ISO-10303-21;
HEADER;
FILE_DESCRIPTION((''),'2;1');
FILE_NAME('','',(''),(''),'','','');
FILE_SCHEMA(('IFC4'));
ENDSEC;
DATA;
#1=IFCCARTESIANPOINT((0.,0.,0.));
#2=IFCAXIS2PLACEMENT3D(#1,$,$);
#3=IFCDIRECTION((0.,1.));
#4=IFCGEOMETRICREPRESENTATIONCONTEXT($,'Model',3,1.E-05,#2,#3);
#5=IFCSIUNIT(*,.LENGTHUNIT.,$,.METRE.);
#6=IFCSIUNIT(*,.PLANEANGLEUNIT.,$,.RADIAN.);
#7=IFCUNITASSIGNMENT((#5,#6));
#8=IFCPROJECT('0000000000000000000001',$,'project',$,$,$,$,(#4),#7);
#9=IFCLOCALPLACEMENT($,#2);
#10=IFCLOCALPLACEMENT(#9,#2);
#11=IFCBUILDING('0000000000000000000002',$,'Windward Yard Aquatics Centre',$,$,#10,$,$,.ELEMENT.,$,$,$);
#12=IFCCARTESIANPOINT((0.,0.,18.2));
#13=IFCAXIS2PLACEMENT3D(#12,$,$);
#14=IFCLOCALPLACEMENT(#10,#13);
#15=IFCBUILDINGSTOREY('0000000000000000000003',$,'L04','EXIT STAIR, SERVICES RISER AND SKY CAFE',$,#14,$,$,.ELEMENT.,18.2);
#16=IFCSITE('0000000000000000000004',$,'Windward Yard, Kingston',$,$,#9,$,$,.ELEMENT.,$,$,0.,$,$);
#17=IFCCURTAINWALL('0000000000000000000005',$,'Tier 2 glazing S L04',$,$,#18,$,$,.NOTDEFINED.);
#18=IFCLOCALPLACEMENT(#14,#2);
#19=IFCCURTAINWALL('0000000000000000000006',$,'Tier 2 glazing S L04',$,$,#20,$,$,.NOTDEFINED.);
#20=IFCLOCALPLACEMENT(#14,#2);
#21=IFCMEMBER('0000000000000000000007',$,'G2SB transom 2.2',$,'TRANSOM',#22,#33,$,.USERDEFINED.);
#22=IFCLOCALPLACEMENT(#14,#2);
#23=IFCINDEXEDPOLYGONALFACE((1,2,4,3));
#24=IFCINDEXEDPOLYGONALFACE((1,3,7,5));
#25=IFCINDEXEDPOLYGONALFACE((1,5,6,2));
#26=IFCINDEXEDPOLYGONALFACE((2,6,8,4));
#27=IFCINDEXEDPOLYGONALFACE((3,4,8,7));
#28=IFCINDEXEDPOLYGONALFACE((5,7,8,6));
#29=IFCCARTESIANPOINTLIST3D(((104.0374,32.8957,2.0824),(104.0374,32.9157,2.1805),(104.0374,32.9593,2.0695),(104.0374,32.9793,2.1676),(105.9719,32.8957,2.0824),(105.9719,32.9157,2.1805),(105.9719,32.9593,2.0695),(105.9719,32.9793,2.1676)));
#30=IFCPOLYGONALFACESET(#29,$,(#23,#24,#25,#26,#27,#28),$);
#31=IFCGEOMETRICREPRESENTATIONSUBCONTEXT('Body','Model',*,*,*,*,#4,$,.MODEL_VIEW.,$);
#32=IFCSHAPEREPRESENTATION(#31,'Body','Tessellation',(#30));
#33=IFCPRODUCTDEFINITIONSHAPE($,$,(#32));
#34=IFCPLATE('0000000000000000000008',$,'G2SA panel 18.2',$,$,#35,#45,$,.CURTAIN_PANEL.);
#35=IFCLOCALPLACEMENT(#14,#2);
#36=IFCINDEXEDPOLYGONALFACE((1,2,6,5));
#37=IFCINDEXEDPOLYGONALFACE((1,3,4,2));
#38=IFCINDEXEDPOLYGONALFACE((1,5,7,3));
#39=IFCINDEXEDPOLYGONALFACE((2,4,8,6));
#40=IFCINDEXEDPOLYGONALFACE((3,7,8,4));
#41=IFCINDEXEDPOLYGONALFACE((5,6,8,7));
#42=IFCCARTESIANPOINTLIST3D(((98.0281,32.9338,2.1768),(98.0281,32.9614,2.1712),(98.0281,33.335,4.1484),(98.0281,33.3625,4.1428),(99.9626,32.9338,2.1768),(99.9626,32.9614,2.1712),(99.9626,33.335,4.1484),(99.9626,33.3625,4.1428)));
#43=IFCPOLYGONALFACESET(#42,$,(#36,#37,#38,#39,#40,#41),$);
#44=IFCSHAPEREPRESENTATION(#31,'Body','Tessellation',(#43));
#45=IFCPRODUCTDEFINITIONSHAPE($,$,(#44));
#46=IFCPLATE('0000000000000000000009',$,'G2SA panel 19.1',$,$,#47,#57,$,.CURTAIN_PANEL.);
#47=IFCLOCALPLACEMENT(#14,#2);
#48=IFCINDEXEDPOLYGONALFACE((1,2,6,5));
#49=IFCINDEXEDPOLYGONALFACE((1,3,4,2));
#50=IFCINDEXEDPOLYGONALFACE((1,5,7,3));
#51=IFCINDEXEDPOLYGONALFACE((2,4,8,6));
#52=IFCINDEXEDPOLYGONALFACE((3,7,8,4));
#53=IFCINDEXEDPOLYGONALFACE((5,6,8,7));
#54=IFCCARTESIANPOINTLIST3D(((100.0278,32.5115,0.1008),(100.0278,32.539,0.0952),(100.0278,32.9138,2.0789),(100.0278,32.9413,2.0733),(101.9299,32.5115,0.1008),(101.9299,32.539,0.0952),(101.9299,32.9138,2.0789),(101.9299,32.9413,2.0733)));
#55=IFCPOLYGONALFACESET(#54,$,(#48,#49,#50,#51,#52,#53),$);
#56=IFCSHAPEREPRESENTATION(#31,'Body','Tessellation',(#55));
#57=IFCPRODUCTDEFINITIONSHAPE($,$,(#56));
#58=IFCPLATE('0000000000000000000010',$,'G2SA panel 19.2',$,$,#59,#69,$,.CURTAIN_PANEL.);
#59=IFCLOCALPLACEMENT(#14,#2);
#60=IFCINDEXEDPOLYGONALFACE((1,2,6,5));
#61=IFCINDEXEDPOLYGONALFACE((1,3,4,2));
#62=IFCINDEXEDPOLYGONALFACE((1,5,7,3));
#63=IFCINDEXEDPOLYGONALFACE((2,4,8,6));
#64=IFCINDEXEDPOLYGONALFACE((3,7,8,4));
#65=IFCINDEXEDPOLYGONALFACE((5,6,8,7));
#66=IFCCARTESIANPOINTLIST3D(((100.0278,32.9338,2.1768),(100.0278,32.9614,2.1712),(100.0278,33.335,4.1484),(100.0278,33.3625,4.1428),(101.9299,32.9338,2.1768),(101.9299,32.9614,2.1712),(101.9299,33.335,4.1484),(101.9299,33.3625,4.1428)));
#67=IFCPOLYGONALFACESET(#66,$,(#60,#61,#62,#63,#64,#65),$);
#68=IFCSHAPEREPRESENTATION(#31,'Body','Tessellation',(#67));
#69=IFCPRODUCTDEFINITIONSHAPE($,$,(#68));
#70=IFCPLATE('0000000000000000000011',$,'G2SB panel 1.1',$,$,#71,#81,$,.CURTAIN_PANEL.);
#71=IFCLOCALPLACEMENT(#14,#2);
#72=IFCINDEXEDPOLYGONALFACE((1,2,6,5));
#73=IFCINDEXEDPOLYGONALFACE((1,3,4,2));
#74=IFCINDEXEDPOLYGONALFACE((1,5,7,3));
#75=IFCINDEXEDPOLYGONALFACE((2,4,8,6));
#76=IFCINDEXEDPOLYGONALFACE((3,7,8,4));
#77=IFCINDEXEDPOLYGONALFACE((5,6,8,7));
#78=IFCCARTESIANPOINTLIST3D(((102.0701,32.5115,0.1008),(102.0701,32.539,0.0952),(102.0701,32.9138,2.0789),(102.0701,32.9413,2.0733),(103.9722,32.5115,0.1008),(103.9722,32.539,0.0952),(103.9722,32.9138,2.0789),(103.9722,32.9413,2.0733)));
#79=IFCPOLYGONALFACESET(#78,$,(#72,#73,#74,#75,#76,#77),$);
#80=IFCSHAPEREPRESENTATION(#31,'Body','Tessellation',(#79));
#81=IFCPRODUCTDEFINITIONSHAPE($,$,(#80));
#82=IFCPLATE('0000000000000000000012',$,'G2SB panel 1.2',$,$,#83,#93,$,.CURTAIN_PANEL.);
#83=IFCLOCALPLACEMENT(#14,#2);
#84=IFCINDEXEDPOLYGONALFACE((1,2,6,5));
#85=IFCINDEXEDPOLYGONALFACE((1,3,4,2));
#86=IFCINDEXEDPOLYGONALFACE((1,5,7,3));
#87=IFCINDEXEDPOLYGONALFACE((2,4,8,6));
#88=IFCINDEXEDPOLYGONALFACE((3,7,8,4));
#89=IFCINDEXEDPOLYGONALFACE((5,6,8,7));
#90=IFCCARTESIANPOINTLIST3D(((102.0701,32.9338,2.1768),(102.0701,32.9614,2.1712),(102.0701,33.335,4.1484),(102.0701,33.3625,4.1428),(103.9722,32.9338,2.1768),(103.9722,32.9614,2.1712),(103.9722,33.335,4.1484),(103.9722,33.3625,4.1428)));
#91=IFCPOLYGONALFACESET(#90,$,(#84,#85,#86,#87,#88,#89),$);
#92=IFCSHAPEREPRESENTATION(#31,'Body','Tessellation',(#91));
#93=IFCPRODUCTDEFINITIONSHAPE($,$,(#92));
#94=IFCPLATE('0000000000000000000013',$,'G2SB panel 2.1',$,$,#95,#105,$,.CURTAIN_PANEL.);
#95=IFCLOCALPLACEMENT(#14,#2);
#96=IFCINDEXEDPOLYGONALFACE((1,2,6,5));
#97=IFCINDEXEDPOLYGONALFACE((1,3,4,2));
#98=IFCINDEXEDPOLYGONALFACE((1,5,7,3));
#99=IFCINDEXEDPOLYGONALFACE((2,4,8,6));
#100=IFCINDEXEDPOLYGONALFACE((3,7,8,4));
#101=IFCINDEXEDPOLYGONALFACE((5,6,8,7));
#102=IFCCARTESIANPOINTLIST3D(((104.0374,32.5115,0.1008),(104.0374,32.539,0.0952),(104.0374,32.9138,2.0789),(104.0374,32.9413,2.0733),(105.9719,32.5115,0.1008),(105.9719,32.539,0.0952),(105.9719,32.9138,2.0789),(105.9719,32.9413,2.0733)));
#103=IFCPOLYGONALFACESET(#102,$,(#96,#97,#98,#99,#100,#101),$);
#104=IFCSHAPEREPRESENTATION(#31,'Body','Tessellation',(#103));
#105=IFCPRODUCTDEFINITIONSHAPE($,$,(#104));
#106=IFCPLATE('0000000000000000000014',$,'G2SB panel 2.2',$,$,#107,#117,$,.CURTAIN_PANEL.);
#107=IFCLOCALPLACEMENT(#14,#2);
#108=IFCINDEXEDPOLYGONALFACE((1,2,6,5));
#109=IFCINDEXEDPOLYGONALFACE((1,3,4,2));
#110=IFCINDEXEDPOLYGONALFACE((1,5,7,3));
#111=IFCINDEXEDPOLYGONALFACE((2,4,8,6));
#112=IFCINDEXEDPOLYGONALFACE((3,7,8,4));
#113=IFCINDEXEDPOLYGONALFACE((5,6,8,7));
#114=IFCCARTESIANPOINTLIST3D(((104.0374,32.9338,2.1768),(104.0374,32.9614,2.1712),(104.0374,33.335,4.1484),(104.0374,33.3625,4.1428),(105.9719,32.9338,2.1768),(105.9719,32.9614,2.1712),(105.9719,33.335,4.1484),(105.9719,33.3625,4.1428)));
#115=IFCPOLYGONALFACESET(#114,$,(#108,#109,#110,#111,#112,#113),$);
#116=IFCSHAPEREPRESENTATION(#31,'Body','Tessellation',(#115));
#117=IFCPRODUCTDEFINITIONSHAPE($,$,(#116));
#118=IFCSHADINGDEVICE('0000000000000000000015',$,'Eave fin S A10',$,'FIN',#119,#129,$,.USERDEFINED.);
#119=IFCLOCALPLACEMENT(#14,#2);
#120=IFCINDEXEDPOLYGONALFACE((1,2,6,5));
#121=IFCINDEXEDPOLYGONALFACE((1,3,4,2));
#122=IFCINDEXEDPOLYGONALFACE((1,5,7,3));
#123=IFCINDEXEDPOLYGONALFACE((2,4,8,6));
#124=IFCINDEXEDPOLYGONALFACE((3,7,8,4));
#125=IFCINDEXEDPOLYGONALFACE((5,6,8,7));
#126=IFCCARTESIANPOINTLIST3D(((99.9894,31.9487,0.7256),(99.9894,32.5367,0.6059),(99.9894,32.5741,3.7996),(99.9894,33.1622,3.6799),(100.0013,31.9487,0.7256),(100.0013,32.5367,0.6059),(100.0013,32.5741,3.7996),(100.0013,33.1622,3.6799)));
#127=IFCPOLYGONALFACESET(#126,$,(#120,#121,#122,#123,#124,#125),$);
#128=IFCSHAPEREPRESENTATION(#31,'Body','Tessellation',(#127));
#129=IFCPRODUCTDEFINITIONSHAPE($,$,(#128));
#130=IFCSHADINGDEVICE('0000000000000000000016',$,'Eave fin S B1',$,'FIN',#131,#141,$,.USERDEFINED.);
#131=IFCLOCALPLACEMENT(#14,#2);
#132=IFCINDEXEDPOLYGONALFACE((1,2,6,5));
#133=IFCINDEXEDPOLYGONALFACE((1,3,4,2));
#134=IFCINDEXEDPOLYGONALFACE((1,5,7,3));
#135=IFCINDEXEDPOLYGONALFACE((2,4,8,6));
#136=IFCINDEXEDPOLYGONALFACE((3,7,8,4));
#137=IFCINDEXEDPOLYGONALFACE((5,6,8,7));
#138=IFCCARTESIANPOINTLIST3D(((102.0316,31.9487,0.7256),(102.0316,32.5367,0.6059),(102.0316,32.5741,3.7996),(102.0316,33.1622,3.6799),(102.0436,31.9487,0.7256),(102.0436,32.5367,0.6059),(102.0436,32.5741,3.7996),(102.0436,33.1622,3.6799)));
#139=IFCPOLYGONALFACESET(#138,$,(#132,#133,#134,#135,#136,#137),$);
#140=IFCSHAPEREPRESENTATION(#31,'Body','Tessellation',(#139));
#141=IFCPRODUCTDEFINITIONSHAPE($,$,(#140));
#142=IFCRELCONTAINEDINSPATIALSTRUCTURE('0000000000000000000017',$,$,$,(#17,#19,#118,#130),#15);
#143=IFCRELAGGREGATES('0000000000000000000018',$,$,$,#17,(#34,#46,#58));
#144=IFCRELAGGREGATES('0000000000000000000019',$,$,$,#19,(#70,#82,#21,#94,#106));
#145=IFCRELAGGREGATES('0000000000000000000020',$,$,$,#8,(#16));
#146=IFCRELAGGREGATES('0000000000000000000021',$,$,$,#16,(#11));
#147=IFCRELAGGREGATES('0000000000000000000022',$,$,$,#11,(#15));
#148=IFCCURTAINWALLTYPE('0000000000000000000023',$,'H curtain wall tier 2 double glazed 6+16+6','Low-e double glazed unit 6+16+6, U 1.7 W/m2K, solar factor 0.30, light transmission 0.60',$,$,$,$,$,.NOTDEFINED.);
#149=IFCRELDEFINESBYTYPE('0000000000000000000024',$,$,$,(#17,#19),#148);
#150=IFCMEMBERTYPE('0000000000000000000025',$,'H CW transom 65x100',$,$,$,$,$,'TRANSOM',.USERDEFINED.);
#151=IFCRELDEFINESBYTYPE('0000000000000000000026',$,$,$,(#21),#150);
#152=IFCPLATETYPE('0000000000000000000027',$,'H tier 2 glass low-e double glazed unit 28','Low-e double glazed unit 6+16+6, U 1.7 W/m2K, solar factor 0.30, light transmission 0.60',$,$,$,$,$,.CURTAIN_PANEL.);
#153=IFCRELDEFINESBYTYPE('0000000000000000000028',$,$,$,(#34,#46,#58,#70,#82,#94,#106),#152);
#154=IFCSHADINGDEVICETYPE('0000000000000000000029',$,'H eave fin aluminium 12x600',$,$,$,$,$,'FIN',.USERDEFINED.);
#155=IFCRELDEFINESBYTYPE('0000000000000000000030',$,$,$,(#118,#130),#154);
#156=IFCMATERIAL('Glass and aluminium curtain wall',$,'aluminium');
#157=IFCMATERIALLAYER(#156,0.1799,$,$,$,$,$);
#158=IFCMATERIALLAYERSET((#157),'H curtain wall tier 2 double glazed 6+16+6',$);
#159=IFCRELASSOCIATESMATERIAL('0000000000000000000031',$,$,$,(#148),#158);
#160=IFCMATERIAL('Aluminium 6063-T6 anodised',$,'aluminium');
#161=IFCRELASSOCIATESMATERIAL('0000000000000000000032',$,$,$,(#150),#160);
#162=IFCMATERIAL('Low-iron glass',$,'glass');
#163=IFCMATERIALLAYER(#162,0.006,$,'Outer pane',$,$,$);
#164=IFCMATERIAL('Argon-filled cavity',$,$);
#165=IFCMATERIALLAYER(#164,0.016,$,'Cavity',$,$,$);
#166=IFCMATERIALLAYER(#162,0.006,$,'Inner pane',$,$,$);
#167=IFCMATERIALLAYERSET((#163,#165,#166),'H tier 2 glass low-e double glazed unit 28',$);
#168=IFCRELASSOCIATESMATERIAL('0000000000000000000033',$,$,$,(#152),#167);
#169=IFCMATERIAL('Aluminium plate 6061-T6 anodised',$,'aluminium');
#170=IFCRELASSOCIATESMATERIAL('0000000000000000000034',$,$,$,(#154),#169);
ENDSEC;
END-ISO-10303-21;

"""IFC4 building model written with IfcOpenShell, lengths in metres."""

from ifc_helpers import new_model, si_unit, direction, frame, origin, origin_2d, place, context, subcontext, project, spatial, polyline, rectangle, outline, extrude, material, layer, layer_set, material_profile, profile_set, type_object, element, aggregate, save


model = new_model("IFC4")

# Units and contexts
model_context = context("Model", 3, precision=1e-05, world=origin(), true_north=direction((0.0, 1.0)))
body_context = subcontext(model_context, "Body", "Model", "MODEL_VIEW")
ifc_project = project(units=[si_unit("LENGTHUNIT", "METRE"), si_unit("PLANEANGLEUNIT", "RADIAN")], contexts=[model_context])

# Site, building, storey
site_placement = place(None, origin())
site = spatial("IfcSite", under=ifc_project, at=site_placement, Name="Windward Yard, Kingston", CompositionType="ELEMENT", RefElevation=0.0)
building_placement = place(site_placement, origin())
building = spatial("IfcBuilding", under=site, at=building_placement, Name="Windward Yard Aquatics Centre", CompositionType="ELEMENT")
storey_placement = place(building_placement, frame((0.0, 0.0, 18.2)))
storey = spatial("IfcBuildingStorey", under=building, at=storey_placement, Name="L04", Description="EXIT STAIR, SERVICES RISER AND SKY CAFE", CompositionType="ELEMENT", Elevation=18.2)

# Curtain walls
ifc_material_1 = material(Name="Glass and aluminium curtain wall", Category="aluminium")
ifc_layer_1 = layer(ifc_material_1, 0.1799)
ifc_layer_set_1 = layer_set([ifc_layer_1], Name="H curtain wall tier 2 double glazed 6+16+6")
curtain_wall_type = type_object("IfcCurtainWallType", Name="H curtain wall tier 2 double glazed 6+16+6", Description="Low-e double glazed unit 6+16+6, U 1.7 W/m2K, solar factor 0.30, light transmission 0.60", PredefinedType="NOTDEFINED", material=ifc_layer_set_1)
curtain_wall_1_placement = place(storey_placement, origin())
curtain_wall_1 = element("IfcCurtainWall", 1, at=curtain_wall_1_placement, inside=storey, type_object=curtain_wall_type, Name="Tier 2 glazing S L04", PredefinedType="NOTDEFINED")
ifc_material_2 = material(Name="Aluminium 6063-T6 anodised", Category="aluminium")
curtain_wall_2_placement = place(storey_placement, origin())
curtain_wall_2 = element("IfcCurtainWall", 2, at=curtain_wall_2_placement, inside=storey, type_object=curtain_wall_type, Name="Tier 2 glazing S L04", PredefinedType="NOTDEFINED")

# Member
ifc_material_profile_1 = material_profile(ifc_material_2, rectangle(XDim=0.0649, YDim=0.1001, at=origin_2d()), Name="H CW transom 65x100")
ifc_profile_set_1 = profile_set([ifc_material_profile_1], Name="Aluminium 6063-T6 anodised")
member_type_1 = type_object("IfcMemberType", Name="H CW transom 65x100", ElementType="TRANSOM", PredefinedType="USERDEFINED", material=ifc_profile_set_1)
member_1_placement = place(storey_placement, frame((104.0374, 32.9375, 2.125), z_axis=(1.0, 0.0, 0.0), x_axis=(0.0, -0.979925, 0.199368)))
member_1 = element("IfcMember", 3, at=member_1_placement, type_object=member_type_1, Name="G2SB transom 2.2", ObjectType="TRANSOM", PredefinedType="USERDEFINED", context=body_context, shape_type="SweptSolid", body=[
    extrude(rectangle(XDim=0.0649, YDim=0.1001, at=origin_2d()), origin(), (0.0, 0.0, 1.0), 1.9346),
])

# Plates
ifc_material_3 = material(Name="Low-iron glass", Category="glass")
ifc_layer_2 = layer(ifc_material_3, 0.006, Name="Outer pane")
ifc_material_4 = material(Name="Argon-filled cavity")
ifc_layer_3 = layer(ifc_material_4, 0.016, Name="Cavity")
ifc_layer_4 = layer(ifc_material_3, 0.006, Name="Inner pane")
ifc_layer_set_2 = layer_set([ifc_layer_2, ifc_layer_3, ifc_layer_4], Name="H tier 2 glass low-e double glazed unit 28")
plate_type = type_object("IfcPlateType", Name="H tier 2 glass low-e double glazed unit 28", Description="Low-e double glazed unit 6+16+6, U 1.7 W/m2K, solar factor 0.30, light transmission 0.60", PredefinedType="CURTAIN_PANEL", material=ifc_layer_set_2)
plate_1_placement = place(storey_placement, frame((98.0281, 32.9338, 2.1768), z_axis=(0.0, -0.979927, 0.199359), x_axis=(1.0, 0.0, 0.0)))
plate_1 = element("IfcPlate", 4, at=plate_1_placement, type_object=plate_type, Name="G2SA panel 18.2", PredefinedType="CURTAIN_PANEL", context=body_context, shape_type="SweptSolid", body=[
    extrude(outline(polyline([(0.0, 0.0), (1.9346, 0.0), (1.9346, 2.0121), (0.0, 2.0121), (0.0, 0.0)])), origin(), (0.0, 0.0, -1.0), 0.0281),
])
plate_2_placement = place(storey_placement, frame((100.0278, 32.5115, 0.1008), z_axis=(0.0, -0.979933, 0.199325), x_axis=(1.0, 0.0, 0.0)))
plate_2 = element("IfcPlate", 5, at=plate_2_placement, type_object=plate_type, Name="G2SA panel 19.1", PredefinedType="CURTAIN_PANEL", context=body_context, shape_type="SweptSolid", body=[
    extrude(outline(polyline([(0.0, 0.0), (1.9021, 0.0), (1.9021, 2.0185), (0.0, 2.0185), (0.0, 0.0)])), origin(), (0.0, 0.0, -1.0), 0.0281),
])
plate_3_placement = place(storey_placement, frame((100.0278, 32.9338, 2.1768), z_axis=(0.0, -0.979927, 0.199359), x_axis=(1.0, 0.0, 0.0)))
plate_3 = element("IfcPlate", 6, at=plate_3_placement, type_object=plate_type, Name="G2SA panel 19.2", PredefinedType="CURTAIN_PANEL", context=body_context, shape_type="SweptSolid", body=[
    extrude(outline(polyline([(0.0, 0.0), (1.9021, 0.0), (1.9021, 2.0121), (0.0, 2.0121), (0.0, 0.0)])), origin(), (0.0, 0.0, -1.0), 0.0281),
])
aggregate(curtain_wall_1, [plate_1, plate_2, plate_3])
plate_4_placement = place(storey_placement, frame((102.0701, 32.5115, 0.1008), z_axis=(0.0, -0.979933, 0.199325), x_axis=(1.0, 0.0, 0.0)))
plate_4 = element("IfcPlate", 7, at=plate_4_placement, type_object=plate_type, Name="G2SB panel 1.1", PredefinedType="CURTAIN_PANEL", context=body_context, shape_type="SweptSolid", body=[
    extrude(outline(polyline([(0.0, 0.0), (1.9021, 0.0), (1.9021, 2.0185), (0.0, 2.0185), (0.0, 0.0)])), origin(), (0.0, 0.0, -1.0), 0.0281),
])
plate_5_placement = place(storey_placement, frame((102.0701, 32.9338, 2.1768), z_axis=(0.0, -0.979927, 0.199359), x_axis=(1.0, 0.0, 0.0)))
plate_5 = element("IfcPlate", 8, at=plate_5_placement, type_object=plate_type, Name="G2SB panel 1.2", PredefinedType="CURTAIN_PANEL", context=body_context, shape_type="SweptSolid", body=[
    extrude(outline(polyline([(0.0, 0.0), (1.9021, 0.0), (1.9021, 2.0121), (0.0, 2.0121), (0.0, 0.0)])), origin(), (0.0, 0.0, -1.0), 0.0281),
])
plate_6_placement = place(storey_placement, frame((104.0374, 32.5115, 0.1008), z_axis=(0.0, -0.979933, 0.199325), x_axis=(1.0, 0.0, 0.0)))
plate_6 = element("IfcPlate", 9, at=plate_6_placement, type_object=plate_type, Name="G2SB panel 2.1", PredefinedType="CURTAIN_PANEL", context=body_context, shape_type="SweptSolid", body=[
    extrude(outline(polyline([(0.0, 0.0), (1.9346, 0.0), (1.9346, 2.0185), (0.0, 2.0185), (0.0, 0.0)])), origin(), (0.0, 0.0, -1.0), 0.0281),
])
plate_7_placement = place(storey_placement, frame((104.0374, 32.9338, 2.1768), z_axis=(0.0, -0.979927, 0.199359), x_axis=(1.0, 0.0, 0.0)))
plate_7 = element("IfcPlate", 10, at=plate_7_placement, type_object=plate_type, Name="G2SB panel 2.2", PredefinedType="CURTAIN_PANEL", context=body_context, shape_type="SweptSolid", body=[
    extrude(outline(polyline([(0.0, 0.0), (1.9346, 0.0), (1.9346, 2.0121), (0.0, 2.0121), (0.0, 0.0)])), origin(), (0.0, 0.0, -1.0), 0.0281),
])
aggregate(curtain_wall_2, [plate_4, plate_5, member_1, plate_6, plate_7])

# Shading devices
ifc_material_5 = material(Name="Aluminium plate 6061-T6 anodised", Category="aluminium")
ifc_material_profile_2 = material_profile(ifc_material_5, rectangle(XDim=0.012, YDim=0.6001, at=origin_2d()), Name="H eave fin aluminium 12x600")
ifc_profile_set_2 = profile_set([ifc_material_profile_2], Name="Aluminium plate 6061-T6 anodised")
shading_device_type = type_object("IfcShadingDeviceType", Name="H eave fin aluminium 12x600", ElementType="FIN", PredefinedType="USERDEFINED", material=ifc_profile_set_2)
for number, where, z_axis, x_axis, name in (
    (11, (99.9954, 32.2427, 0.6658), (0.0, 0.199393, 0.97992), (-1.0, 0.0, 0.0), "Eave fin S A10"),
    (12, (102.0376, 32.2427, 0.6658), (0.0, 0.199393, 0.97992), (-1.0, 0.0, 0.0), "Eave fin S B1"),
):
    element("IfcShadingDevice", number, at=place(storey_placement, frame(where, z_axis=z_axis, x_axis=x_axis)), inside=storey, type_object=shading_device_type, Name=name, ObjectType="FIN", PredefinedType="USERDEFINED", context=body_context, shape_type="SweptSolid", body=[
        extrude(rectangle(XDim=0.012, YDim=0.6001, at=origin_2d()), origin(), (0.0, 0.0, 1.0), 3.137),
    ])

save(model, "model.ifc")
